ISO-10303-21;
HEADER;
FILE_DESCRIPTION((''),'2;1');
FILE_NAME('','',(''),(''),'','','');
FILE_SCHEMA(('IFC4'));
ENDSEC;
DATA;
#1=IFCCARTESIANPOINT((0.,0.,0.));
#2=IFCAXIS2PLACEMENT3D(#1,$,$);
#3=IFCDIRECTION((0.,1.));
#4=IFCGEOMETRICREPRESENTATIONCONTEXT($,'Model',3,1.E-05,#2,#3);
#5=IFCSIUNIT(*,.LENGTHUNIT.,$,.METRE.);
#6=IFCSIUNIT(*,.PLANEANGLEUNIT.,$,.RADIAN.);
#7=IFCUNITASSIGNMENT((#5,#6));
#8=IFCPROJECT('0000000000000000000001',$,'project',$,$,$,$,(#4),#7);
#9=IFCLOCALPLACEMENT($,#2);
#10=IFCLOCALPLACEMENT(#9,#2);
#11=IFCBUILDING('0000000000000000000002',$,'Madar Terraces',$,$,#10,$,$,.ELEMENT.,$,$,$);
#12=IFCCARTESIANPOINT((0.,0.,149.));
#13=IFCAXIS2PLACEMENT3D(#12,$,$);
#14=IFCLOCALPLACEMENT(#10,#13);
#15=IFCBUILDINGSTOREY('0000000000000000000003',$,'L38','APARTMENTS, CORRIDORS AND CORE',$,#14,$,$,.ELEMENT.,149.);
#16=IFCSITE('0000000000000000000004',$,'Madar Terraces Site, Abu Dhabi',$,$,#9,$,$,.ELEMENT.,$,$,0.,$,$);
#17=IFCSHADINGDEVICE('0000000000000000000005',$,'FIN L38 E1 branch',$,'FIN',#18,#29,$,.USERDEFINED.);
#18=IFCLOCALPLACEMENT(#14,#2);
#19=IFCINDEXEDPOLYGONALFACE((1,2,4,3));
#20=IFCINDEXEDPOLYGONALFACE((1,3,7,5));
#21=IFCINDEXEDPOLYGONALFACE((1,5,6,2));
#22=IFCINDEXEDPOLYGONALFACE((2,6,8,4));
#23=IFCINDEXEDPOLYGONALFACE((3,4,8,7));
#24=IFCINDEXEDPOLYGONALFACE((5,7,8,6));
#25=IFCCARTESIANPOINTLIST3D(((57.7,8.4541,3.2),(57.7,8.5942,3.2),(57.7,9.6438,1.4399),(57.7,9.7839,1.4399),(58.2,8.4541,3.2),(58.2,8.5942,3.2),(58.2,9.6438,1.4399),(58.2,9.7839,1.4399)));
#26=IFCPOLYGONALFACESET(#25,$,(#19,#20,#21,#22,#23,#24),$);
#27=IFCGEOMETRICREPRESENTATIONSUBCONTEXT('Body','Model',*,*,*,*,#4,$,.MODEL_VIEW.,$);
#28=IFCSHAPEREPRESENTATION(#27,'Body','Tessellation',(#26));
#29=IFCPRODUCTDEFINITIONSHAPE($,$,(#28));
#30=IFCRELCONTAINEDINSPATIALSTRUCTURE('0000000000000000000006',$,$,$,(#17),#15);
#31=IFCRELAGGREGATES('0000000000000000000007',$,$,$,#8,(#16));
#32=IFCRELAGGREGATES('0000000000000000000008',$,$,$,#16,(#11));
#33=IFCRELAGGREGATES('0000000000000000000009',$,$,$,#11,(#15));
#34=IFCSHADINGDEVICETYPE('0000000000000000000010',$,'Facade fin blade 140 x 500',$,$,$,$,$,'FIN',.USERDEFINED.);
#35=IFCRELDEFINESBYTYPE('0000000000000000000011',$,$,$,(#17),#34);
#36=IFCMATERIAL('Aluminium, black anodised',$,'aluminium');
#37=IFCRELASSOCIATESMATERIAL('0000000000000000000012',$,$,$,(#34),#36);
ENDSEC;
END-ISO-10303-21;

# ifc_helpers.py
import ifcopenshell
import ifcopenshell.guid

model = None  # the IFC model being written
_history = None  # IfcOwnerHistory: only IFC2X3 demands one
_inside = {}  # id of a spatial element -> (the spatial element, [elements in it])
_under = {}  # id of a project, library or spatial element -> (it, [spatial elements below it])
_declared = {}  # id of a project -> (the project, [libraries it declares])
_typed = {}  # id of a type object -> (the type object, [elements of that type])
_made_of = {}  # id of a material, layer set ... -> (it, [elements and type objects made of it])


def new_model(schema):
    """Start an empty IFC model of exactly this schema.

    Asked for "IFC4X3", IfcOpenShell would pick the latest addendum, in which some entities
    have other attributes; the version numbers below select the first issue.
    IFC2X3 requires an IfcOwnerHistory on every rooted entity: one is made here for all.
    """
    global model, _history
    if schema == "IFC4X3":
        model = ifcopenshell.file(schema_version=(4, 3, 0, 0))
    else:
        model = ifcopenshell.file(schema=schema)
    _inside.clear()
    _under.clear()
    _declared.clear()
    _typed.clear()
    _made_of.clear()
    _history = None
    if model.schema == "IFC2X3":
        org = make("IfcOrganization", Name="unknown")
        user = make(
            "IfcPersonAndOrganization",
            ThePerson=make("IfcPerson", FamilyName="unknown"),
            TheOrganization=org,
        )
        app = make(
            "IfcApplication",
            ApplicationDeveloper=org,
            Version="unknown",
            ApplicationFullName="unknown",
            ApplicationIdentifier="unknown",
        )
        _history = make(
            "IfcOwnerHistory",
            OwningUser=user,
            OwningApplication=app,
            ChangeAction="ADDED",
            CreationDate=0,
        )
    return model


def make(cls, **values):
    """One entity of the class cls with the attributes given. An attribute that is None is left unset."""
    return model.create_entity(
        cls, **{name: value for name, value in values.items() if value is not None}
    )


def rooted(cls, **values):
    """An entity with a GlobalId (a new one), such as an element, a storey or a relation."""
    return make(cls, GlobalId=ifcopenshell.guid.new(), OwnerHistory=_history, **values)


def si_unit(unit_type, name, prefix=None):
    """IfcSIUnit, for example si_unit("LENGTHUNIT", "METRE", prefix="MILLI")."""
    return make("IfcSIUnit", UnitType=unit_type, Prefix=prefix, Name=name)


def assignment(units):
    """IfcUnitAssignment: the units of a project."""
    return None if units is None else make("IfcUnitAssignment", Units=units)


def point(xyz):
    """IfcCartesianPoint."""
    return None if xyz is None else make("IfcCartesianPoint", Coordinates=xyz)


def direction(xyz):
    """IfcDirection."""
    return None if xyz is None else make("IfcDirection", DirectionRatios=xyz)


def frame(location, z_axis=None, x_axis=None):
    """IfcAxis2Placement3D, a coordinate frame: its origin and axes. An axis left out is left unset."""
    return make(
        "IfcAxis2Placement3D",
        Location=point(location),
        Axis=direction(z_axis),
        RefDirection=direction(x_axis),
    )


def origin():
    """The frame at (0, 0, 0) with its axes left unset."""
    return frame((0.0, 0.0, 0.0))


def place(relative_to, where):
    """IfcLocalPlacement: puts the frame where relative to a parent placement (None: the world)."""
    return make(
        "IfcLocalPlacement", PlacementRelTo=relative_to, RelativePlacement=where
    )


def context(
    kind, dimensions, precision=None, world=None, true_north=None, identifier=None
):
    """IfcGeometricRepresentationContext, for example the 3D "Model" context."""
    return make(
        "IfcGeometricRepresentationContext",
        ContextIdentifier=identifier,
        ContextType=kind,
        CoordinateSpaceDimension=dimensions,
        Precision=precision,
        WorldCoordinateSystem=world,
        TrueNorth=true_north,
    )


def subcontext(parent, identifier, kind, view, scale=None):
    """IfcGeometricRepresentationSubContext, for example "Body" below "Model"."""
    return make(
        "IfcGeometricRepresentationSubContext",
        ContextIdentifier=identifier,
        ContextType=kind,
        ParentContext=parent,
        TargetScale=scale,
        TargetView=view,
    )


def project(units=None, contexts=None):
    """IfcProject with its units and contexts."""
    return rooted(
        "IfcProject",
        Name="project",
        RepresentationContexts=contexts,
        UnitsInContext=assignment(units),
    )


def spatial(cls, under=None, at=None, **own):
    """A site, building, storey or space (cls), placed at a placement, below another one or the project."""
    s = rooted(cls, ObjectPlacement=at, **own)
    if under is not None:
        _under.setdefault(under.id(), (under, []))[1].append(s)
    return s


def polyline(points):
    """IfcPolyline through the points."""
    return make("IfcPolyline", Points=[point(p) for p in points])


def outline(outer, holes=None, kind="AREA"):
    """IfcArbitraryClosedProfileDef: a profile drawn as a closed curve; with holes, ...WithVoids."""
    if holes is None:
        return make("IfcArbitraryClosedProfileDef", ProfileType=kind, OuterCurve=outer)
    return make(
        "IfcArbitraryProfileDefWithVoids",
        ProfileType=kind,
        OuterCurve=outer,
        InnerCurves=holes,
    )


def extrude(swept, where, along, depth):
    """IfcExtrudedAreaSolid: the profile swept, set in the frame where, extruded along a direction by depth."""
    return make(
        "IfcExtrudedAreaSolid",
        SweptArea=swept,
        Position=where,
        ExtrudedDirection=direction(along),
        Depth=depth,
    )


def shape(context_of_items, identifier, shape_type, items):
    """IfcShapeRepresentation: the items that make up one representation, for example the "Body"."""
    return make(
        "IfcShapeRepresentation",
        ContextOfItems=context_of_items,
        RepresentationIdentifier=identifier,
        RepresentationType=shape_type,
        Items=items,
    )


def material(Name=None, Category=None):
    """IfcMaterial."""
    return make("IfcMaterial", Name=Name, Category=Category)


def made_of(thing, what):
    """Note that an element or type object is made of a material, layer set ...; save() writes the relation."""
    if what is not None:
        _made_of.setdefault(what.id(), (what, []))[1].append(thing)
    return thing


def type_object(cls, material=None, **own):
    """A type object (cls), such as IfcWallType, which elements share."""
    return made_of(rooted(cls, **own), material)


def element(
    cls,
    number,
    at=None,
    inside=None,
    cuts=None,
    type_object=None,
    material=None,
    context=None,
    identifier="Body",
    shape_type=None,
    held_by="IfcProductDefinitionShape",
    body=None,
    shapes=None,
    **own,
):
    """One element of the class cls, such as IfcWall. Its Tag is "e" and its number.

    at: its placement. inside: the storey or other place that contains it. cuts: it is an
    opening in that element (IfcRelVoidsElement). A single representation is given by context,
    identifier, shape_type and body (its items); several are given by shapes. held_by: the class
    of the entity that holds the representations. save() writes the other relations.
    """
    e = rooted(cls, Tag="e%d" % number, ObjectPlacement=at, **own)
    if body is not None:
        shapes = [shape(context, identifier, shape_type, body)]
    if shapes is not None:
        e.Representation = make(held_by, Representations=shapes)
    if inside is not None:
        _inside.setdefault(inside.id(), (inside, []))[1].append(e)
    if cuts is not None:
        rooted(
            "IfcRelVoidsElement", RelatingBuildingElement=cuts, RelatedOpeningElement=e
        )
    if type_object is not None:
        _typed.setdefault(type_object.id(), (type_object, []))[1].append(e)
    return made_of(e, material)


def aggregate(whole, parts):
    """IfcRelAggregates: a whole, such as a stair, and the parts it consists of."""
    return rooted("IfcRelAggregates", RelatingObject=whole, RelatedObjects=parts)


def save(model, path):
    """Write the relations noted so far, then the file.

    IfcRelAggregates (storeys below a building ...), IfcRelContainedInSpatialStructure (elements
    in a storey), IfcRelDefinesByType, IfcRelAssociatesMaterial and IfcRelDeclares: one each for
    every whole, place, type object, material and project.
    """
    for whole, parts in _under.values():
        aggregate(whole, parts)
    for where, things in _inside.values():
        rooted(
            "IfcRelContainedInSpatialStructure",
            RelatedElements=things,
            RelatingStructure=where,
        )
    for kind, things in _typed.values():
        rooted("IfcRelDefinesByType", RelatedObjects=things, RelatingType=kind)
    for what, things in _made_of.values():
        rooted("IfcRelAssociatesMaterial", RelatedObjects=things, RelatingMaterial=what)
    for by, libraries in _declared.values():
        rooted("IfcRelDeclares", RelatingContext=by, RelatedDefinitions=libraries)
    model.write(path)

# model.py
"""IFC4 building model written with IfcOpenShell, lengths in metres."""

from ifc_helpers import new_model, si_unit, direction, frame, origin, place, context, subcontext, project, spatial, polyline, outline, extrude, material, type_object, element, save


model = new_model("IFC4")

# Units and contexts
model_context = context("Model", 3, precision=1e-05, world=origin(), true_north=direction((0.0, 1.0)))
body_context = subcontext(model_context, "Body", "Model", "MODEL_VIEW")
ifc_project = project(units=[si_unit("LENGTHUNIT", "METRE"), si_unit("PLANEANGLEUNIT", "RADIAN")], contexts=[model_context])

# Site, building, storey
site_placement = place(None, origin())
site = spatial("IfcSite", under=ifc_project, at=site_placement, Name="Madar Terraces Site, Abu Dhabi", CompositionType="ELEMENT", RefElevation=0.0)
building_placement = place(site_placement, origin())
building = spatial("IfcBuilding", under=site, at=building_placement, Name="Madar Terraces", CompositionType="ELEMENT")
storey_placement = place(building_placement, frame((0.0, 0.0, 149.0)))
storey = spatial("IfcBuildingStorey", under=building, at=storey_placement, Name="L38", Description="APARTMENTS, CORRIDORS AND CORE", CompositionType="ELEMENT", Elevation=149.0)

# Shading device
ifc_material_1 = material(Name="Aluminium, black anodised", Category="aluminium")
shading_device_type = type_object("IfcShadingDeviceType", Name="Facade fin blade 140 x 500", ElementType="FIN", PredefinedType="USERDEFINED", material=ifc_material_1)
shading_device_1_placement = place(storey_placement, frame((57.95, 9.6438, 1.4399), z_axis=(0.0, 0.0, 1.0), x_axis=(0.0, 1.0, 0.0)))
element("IfcShadingDevice", 1, at=shading_device_1_placement, inside=storey, type_object=shading_device_type, Name="FIN L38 E1 branch", ObjectType="FIN", PredefinedType="USERDEFINED", context=body_context, shape_type="SweptSolid", body=[
    extrude(outline(polyline([(0.0, 0.0), (0.1401, 0.0), (-1.0496, 1.76), (-1.1897, 1.76), (0.0, 0.0)])), frame((0.0, 0.25, 0.0), z_axis=(0.0, -1.0, 0.0), x_axis=(1.0, 0.0, 0.0)), (0.0, 0.0, 1.0), 0.5),
])

save(model, "model.ifc")
